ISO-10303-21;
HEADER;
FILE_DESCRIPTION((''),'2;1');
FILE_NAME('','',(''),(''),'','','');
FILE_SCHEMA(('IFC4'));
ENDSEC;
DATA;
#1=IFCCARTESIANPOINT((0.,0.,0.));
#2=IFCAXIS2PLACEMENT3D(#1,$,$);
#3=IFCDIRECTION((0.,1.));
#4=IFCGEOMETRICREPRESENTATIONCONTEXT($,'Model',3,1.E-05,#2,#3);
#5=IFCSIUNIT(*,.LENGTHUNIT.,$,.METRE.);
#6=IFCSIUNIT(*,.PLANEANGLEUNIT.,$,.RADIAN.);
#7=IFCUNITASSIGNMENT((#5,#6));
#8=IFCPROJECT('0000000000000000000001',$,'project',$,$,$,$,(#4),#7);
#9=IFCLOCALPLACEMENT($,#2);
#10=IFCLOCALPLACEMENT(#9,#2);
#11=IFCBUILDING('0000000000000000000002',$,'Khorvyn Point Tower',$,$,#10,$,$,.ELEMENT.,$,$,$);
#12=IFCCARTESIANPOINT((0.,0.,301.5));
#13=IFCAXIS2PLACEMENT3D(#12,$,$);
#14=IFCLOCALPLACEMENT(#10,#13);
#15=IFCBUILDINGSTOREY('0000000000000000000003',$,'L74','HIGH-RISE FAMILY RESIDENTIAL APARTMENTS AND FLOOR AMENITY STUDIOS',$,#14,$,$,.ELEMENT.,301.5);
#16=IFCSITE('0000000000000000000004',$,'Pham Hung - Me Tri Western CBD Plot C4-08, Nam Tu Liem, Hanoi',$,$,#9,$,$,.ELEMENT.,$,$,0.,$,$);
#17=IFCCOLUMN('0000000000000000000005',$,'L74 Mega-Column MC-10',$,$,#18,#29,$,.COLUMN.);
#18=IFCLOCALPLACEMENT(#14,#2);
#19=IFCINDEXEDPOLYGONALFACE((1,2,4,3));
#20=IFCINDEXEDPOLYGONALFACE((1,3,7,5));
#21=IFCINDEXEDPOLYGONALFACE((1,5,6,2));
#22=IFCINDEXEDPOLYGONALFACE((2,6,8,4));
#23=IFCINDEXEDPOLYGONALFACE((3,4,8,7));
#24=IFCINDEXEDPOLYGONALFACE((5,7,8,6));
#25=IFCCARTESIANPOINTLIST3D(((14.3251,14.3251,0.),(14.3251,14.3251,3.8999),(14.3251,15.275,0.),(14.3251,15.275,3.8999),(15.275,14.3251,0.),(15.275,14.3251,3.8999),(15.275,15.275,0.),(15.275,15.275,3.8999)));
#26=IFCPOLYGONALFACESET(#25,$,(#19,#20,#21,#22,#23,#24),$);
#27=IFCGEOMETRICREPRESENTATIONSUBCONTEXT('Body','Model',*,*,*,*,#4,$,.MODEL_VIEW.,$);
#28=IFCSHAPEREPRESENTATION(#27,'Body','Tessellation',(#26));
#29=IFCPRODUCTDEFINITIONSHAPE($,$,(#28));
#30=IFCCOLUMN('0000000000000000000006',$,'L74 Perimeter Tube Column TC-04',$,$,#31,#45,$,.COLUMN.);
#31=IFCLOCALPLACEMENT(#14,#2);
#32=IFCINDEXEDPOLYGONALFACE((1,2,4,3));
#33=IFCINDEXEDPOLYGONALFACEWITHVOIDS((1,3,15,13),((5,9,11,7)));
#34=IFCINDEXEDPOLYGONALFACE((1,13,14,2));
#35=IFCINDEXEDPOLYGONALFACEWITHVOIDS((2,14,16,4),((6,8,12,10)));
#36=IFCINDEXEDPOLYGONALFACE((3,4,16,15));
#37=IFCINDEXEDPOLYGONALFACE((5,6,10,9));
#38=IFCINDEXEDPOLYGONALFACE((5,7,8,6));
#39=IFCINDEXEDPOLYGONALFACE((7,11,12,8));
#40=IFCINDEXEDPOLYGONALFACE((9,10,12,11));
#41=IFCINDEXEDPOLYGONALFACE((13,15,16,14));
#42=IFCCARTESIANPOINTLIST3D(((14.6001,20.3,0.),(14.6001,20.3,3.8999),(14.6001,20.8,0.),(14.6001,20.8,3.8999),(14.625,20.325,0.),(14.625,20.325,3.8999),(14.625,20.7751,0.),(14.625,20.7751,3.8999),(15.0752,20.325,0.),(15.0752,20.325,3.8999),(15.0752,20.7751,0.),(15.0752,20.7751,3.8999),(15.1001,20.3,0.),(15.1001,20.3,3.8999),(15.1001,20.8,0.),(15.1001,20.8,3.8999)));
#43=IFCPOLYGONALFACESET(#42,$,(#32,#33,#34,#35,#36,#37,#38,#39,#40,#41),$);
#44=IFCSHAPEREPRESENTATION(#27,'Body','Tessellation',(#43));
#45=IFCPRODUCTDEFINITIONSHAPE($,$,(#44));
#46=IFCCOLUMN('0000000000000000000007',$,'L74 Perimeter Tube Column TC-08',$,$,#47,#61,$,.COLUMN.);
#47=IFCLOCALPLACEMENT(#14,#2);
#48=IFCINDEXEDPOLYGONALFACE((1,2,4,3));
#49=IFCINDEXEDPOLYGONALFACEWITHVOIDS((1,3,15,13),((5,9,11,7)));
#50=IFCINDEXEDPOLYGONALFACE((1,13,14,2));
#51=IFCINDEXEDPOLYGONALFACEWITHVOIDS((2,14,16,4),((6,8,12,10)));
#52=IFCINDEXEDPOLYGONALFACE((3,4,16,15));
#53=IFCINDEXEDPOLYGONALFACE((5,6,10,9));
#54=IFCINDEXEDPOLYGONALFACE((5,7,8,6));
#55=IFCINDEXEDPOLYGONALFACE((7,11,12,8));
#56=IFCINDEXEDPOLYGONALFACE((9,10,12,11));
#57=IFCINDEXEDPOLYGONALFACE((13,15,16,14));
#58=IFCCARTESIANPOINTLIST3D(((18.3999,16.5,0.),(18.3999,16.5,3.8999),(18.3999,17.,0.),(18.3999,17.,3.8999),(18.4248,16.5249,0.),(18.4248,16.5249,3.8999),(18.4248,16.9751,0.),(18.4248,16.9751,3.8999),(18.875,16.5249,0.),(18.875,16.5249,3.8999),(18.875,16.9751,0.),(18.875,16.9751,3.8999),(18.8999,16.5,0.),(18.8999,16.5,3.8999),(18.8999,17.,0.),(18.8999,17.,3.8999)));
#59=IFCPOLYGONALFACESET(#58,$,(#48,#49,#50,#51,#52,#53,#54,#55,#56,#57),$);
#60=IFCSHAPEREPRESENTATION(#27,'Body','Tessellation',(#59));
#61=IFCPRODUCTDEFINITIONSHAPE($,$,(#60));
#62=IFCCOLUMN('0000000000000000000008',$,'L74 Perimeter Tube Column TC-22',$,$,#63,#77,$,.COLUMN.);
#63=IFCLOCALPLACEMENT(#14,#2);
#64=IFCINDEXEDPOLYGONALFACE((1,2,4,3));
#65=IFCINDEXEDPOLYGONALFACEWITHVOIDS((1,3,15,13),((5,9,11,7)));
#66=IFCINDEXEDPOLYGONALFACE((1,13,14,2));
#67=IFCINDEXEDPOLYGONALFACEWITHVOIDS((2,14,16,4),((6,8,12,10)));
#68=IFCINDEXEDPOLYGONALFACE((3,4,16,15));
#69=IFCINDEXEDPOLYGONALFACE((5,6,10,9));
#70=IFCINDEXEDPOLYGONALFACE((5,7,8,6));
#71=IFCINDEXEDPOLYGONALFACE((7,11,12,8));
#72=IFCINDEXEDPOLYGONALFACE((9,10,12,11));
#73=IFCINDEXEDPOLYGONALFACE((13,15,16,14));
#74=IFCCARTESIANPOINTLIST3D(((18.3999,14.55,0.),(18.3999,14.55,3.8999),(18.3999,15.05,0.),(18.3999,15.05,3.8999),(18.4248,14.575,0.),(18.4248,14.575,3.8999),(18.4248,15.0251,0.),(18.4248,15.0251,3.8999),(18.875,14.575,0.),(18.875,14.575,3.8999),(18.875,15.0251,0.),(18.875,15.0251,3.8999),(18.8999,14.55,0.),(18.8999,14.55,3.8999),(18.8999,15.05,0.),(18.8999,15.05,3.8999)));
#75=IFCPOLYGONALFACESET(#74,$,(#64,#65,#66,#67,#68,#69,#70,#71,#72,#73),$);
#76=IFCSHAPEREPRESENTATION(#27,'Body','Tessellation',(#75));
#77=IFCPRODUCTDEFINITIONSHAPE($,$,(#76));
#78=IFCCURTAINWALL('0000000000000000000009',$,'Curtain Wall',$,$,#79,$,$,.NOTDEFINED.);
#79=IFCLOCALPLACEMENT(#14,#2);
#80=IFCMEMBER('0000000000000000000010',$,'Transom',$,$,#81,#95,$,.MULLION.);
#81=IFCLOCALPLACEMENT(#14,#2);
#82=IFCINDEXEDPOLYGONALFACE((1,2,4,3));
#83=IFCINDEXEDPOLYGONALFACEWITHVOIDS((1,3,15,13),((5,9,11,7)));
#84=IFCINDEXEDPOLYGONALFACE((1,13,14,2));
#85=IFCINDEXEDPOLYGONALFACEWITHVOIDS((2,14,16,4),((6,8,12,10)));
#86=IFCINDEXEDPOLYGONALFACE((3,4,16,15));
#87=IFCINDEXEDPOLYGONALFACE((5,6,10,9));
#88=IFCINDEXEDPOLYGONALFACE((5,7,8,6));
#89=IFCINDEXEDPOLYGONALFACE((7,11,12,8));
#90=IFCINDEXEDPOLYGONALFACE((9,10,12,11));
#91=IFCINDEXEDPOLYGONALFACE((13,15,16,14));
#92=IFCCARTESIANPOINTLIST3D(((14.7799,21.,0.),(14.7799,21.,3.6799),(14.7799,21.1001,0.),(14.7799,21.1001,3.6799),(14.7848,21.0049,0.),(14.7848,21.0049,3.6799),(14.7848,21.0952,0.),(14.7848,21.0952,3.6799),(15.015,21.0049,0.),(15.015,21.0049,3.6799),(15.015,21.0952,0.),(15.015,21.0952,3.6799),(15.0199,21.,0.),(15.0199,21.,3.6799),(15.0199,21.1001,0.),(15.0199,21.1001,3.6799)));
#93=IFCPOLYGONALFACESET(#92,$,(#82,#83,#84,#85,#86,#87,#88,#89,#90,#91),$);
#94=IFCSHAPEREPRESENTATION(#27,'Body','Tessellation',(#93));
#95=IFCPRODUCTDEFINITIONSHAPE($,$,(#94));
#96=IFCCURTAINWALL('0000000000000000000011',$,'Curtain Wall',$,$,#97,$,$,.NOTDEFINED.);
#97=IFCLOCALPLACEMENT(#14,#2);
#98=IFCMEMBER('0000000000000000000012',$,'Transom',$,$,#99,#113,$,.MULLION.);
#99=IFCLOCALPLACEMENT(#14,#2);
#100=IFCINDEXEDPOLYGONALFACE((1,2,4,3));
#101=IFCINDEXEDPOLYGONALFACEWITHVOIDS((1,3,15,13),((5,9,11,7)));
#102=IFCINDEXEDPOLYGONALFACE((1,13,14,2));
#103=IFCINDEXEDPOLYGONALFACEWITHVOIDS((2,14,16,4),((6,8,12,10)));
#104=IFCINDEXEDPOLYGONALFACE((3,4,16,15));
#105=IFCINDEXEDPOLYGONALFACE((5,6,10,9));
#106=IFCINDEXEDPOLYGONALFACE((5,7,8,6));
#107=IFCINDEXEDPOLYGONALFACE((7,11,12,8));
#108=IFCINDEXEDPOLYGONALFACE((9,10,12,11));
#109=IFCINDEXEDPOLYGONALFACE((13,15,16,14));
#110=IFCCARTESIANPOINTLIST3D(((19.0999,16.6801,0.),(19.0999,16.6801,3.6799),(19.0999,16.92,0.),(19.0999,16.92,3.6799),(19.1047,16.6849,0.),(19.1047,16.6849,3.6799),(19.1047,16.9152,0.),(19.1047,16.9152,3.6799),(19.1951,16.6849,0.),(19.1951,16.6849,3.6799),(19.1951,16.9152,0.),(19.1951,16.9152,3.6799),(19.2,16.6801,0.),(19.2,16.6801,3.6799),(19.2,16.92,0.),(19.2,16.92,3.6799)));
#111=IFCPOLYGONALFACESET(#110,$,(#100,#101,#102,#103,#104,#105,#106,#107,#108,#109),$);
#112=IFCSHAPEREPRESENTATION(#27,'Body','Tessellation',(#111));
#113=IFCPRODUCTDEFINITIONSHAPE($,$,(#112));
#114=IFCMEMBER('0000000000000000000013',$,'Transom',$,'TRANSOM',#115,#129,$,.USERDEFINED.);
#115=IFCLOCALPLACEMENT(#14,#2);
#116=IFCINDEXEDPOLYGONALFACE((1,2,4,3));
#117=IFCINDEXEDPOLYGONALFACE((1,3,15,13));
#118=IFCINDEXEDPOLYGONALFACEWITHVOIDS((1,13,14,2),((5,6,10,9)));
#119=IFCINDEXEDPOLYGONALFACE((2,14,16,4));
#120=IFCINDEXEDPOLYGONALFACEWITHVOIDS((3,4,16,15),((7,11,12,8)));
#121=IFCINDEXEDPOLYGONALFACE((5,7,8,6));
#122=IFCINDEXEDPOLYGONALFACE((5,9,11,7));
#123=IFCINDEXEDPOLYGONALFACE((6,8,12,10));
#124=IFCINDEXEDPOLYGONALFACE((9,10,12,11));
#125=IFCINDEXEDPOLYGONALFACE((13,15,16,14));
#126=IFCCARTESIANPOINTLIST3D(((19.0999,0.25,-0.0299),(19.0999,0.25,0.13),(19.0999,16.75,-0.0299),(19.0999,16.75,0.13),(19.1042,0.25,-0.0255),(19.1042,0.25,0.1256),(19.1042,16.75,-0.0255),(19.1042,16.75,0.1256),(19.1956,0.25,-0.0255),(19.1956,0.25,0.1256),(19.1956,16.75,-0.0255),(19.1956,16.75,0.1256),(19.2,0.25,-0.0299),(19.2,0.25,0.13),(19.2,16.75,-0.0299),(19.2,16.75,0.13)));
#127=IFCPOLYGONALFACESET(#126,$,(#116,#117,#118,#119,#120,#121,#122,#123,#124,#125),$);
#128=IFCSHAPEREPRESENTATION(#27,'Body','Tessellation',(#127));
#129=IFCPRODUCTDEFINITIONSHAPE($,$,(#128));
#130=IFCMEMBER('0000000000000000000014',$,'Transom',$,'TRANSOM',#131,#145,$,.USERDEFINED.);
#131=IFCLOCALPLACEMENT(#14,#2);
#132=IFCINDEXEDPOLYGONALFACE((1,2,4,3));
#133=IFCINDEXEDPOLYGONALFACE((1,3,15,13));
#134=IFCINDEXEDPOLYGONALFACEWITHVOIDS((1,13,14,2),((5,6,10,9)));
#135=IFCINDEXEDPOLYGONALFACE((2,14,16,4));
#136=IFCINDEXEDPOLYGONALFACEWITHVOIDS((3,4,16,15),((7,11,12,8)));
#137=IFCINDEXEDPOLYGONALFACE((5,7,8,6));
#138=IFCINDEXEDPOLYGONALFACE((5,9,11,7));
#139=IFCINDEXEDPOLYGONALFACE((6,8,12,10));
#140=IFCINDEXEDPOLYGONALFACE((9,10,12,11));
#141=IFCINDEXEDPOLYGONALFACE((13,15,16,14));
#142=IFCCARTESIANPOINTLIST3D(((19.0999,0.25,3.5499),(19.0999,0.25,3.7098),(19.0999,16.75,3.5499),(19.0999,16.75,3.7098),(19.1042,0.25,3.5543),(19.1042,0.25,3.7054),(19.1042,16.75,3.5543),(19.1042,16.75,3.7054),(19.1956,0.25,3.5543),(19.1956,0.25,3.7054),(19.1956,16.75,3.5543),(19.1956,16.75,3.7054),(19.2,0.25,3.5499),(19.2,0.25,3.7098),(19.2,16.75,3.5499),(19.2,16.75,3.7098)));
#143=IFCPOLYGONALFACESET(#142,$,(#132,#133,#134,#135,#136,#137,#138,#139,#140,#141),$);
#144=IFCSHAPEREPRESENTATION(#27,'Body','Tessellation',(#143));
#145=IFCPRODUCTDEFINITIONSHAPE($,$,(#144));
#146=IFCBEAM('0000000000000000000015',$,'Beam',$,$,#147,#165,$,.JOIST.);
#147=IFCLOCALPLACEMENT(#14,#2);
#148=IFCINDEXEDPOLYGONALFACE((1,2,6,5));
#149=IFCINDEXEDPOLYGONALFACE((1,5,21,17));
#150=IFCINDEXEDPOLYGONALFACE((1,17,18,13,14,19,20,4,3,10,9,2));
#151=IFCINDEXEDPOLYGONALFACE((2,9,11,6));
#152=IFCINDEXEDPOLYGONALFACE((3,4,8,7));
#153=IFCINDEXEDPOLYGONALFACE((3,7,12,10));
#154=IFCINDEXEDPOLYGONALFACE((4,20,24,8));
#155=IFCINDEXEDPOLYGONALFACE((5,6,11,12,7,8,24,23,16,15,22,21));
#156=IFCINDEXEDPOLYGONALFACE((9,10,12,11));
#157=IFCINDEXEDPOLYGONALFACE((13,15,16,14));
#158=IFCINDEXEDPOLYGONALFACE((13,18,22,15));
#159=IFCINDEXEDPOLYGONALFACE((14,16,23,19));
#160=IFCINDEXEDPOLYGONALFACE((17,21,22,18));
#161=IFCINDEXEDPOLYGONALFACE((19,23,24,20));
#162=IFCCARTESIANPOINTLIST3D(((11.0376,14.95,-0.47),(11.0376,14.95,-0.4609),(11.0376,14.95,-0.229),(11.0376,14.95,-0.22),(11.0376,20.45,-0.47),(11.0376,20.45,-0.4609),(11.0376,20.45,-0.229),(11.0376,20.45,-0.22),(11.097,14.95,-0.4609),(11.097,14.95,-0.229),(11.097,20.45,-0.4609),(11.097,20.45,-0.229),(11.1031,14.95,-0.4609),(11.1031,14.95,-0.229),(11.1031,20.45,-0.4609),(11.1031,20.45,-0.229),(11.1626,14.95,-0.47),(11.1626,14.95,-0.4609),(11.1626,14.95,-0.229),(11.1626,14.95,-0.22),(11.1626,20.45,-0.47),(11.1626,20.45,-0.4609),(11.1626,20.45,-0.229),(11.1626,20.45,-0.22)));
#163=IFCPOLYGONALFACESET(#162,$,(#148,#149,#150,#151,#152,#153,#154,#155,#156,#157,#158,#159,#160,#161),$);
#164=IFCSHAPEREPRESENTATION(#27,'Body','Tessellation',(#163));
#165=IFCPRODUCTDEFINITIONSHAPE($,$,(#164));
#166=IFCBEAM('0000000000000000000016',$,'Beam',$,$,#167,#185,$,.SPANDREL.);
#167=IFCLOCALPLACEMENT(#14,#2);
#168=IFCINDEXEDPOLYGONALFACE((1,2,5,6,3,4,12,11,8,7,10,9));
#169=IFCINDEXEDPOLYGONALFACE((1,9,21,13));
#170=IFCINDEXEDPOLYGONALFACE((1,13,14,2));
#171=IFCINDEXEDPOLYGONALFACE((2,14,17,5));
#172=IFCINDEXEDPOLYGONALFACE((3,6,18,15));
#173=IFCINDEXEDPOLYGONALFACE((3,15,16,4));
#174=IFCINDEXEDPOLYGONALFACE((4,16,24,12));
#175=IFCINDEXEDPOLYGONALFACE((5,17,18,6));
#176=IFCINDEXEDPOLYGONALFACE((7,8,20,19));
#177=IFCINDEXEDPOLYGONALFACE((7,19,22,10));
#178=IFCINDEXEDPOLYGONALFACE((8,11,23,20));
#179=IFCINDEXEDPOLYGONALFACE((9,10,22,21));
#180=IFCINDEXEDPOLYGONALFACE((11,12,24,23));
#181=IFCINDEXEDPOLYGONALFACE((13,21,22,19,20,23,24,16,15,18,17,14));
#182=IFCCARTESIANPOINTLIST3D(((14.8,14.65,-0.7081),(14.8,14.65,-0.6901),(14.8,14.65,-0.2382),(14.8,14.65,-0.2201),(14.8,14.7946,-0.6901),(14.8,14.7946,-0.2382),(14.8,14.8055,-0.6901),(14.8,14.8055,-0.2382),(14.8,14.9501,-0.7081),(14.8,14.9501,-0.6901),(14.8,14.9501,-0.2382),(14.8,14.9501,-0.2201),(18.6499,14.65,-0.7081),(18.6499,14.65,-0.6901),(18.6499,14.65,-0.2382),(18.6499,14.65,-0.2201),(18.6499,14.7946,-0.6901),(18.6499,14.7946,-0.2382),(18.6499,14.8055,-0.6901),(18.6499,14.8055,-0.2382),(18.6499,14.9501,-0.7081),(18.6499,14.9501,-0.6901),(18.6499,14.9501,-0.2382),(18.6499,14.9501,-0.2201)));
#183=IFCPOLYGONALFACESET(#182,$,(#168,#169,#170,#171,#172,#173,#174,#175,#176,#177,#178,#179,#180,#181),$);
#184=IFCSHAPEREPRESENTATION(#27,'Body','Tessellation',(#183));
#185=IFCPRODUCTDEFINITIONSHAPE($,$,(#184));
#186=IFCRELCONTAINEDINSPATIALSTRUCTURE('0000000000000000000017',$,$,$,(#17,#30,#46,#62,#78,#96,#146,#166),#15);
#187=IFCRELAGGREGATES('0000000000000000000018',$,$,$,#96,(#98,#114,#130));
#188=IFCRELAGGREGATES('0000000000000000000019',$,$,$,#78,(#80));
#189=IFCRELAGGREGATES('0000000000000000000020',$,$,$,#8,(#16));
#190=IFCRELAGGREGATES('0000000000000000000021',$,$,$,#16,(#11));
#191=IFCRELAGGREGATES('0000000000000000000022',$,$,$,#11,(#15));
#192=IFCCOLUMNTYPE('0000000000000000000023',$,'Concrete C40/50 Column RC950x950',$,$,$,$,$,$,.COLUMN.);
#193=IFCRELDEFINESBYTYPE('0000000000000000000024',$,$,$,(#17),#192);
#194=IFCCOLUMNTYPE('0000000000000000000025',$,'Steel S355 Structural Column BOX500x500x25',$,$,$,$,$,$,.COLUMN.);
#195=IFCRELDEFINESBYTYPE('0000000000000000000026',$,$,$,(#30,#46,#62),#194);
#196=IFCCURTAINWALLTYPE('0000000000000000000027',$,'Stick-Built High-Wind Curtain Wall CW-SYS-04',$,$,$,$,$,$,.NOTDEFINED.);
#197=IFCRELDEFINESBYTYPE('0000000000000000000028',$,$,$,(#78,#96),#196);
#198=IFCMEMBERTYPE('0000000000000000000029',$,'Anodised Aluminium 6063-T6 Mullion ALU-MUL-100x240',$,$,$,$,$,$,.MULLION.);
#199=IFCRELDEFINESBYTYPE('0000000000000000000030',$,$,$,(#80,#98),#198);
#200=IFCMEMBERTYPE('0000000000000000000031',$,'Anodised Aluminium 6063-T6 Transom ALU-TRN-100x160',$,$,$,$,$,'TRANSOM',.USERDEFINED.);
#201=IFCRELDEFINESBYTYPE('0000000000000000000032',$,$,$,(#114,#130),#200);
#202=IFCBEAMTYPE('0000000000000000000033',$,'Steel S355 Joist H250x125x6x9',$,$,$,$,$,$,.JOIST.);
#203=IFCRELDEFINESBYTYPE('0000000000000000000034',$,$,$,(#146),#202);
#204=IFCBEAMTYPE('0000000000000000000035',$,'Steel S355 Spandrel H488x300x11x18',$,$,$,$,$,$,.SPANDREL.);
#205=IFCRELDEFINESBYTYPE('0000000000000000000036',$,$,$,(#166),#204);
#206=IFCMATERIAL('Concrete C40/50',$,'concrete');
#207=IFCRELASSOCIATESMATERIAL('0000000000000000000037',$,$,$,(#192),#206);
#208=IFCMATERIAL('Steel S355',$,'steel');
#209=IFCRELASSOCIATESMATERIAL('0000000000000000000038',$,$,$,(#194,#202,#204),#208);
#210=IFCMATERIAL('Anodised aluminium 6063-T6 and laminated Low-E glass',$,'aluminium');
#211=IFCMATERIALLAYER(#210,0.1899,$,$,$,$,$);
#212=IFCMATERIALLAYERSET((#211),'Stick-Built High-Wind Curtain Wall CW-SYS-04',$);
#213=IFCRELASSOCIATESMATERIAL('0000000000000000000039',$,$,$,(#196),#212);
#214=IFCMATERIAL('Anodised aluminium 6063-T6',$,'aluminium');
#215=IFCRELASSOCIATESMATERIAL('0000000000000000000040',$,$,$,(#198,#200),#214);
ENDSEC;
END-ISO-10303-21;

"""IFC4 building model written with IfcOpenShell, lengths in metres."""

from ifc_helpers import new_model, si_unit, direction, frame, origin, origin_2d, place, context, subcontext, project, spatial, rectangle, hollow_rectangle, i_section, extrude, material, layer, layer_set, material_profile, profile_set, type_object, element, aggregate, save


model = new_model("IFC4")

# Units and contexts
model_context = context("Model", 3, precision=1e-05, world=origin(), true_north=direction((0.0, 1.0)))
body_context = subcontext(model_context, "Body", "Model", "MODEL_VIEW")
ifc_project = project(units=[si_unit("LENGTHUNIT", "METRE"), si_unit("PLANEANGLEUNIT", "RADIAN")], contexts=[model_context])

# Site, building, storey
site_placement = place(None, origin())
site = spatial("IfcSite", under=ifc_project, at=site_placement, Name="Pham Hung - Me Tri Western CBD Plot C4-08, Nam Tu Liem, Hanoi", CompositionType="ELEMENT", RefElevation=0.0)
building_placement = place(site_placement, origin())
building = spatial("IfcBuilding", under=site, at=building_placement, Name="Khorvyn Point Tower", CompositionType="ELEMENT")
storey_placement = place(building_placement, frame((0.0, 0.0, 301.5)))
storey = spatial("IfcBuildingStorey", under=building, at=storey_placement, Name="L74", Description="HIGH-RISE FAMILY RESIDENTIAL APARTMENTS AND FLOOR AMENITY STUDIOS", CompositionType="ELEMENT", Elevation=301.5)

# Columns
ifc_material_1 = material(Name="Concrete C40/50", Category="concrete")
ifc_material_profile_1 = material_profile(ifc_material_1, rectangle(XDim=0.95, YDim=0.95, at=origin_2d()))
ifc_profile_set_1 = profile_set([ifc_material_profile_1], Name="Concrete C40/50 RC950x950")
column_type_1 = type_object("IfcColumnType", Name="Concrete C40/50 Column RC950x950", PredefinedType="COLUMN", material=ifc_profile_set_1)
column_placement = place(storey_placement, frame((14.8, 14.8, 0.0), z_axis=(0.0, 0.0, 1.0), x_axis=(1.0, 0.0, 0.0)))
element("IfcColumn", 1, at=column_placement, inside=storey, type_object=column_type_1, Name="L74 Mega-Column MC-10", PredefinedType="COLUMN", context=body_context, shape_type="SweptSolid", body=[
    extrude(rectangle(XDim=0.95, YDim=0.95, at=origin_2d()), origin(), (0.0, 0.0, 1.0), 3.8999),
])
ifc_material_2 = material(Name="Steel S355", Category="steel")
ifc_material_profile_2 = material_profile(ifc_material_2, hollow_rectangle(XDim=0.5, YDim=0.5, WallThickness=0.0249, at=origin_2d()))
ifc_profile_set_2 = profile_set([ifc_material_profile_2], Name="Steel S355 BOX500x500x25")
column_type_2 = type_object("IfcColumnType", Name="Steel S355 Structural Column BOX500x500x25", PredefinedType="COLUMN", material=ifc_profile_set_2)
for number, where, z_axis, x_axis, name in (
    (2, (14.8501, 20.55, 0.0), (0.0, 0.0, 1.0), (1.0, 0.0, 0.0), "L74 Perimeter Tube Column TC-04"),
    (3, (18.6499, 16.75, 0.0), (0.0, 0.0, 1.0), (1.0, 0.0, 0.0), "L74 Perimeter Tube Column TC-08"),
    (4, (18.6499, 14.8, 0.0), (0.0, 0.0, 1.0), (1.0, 0.0, 0.0), "L74 Perimeter Tube Column TC-22"),
):
    element("IfcColumn", number, at=place(storey_placement, frame(where, z_axis=z_axis, x_axis=x_axis)), inside=storey, type_object=column_type_2, Name=name, PredefinedType="COLUMN", context=body_context, shape_type="SweptSolid", body=[
        extrude(hollow_rectangle(XDim=0.5, YDim=0.5, WallThickness=0.0249, at=origin_2d()), origin(), (0.0, 0.0, 1.0), 3.8999),
    ])

# Curtain wall, member
ifc_material_3 = material(Name="Anodised aluminium 6063-T6 and laminated Low-E glass", Category="aluminium")
ifc_layer_1 = layer(ifc_material_3, 0.1899)
ifc_layer_set_1 = layer_set([ifc_layer_1], Name="Stick-Built High-Wind Curtain Wall CW-SYS-04")
curtain_wall_type = type_object("IfcCurtainWallType", Name="Stick-Built High-Wind Curtain Wall CW-SYS-04", PredefinedType="NOTDEFINED", material=ifc_layer_set_1)
curtain_wall_1_placement = place(storey_placement, origin())
curtain_wall_1 = element("IfcCurtainWall", 5, at=curtain_wall_1_placement, inside=storey, type_object=curtain_wall_type, Name="Curtain Wall", PredefinedType="NOTDEFINED")
ifc_material_4 = material(Name="Anodised aluminium 6063-T6", Category="aluminium")
ifc_material_profile_3 = material_profile(ifc_material_4, hollow_rectangle(XDim=0.1001, YDim=0.24, WallThickness=0.0049, at=origin_2d()))
ifc_profile_set_3 = profile_set([ifc_material_profile_3], Name="Anodised aluminium 6063-T6 ALU-MUL-100x240")
member_type_1 = type_object("IfcMemberType", Name="Anodised Aluminium 6063-T6 Mullion ALU-MUL-100x240", PredefinedType="MULLION", material=ifc_profile_set_3)
member_1_placement = place(storey_placement, frame((14.8999, 21.05, 0.0), z_axis=(0.0, 0.0, 1.0), x_axis=(0.0, 1.0, 0.0)))
member_1 = element("IfcMember", 6, at=member_1_placement, type_object=member_type_1, Name="Transom", PredefinedType="MULLION", context=body_context, shape_type="SweptSolid", body=[
    extrude(hollow_rectangle(XDim=0.1001, YDim=0.24, WallThickness=0.0049, at=origin_2d()), origin(), (0.0, 0.0, 1.0), 3.6799),
])

# Curtain wall, members
curtain_wall_2_placement = place(storey_placement, origin())
curtain_wall_2 = element("IfcCurtainWall", 7, at=curtain_wall_2_placement, inside=storey, type_object=curtain_wall_type, Name="Curtain Wall", PredefinedType="NOTDEFINED")
member_2_placement = place(storey_placement, frame((19.1499, 16.8, 0.0), z_axis=(0.0, 0.0, 1.0), x_axis=(1.0, 0.0, 0.0)))
member_2 = element("IfcMember", 8, at=member_2_placement, type_object=member_type_1, Name="Transom", PredefinedType="MULLION", context=body_context, shape_type="SweptSolid", body=[
    extrude(hollow_rectangle(XDim=0.1001, YDim=0.24, WallThickness=0.0049, at=origin_2d()), origin(), (0.0, 0.0, 1.0), 3.6799),
])
ifc_material_profile_4 = material_profile(ifc_material_4, hollow_rectangle(XDim=0.1001, YDim=0.1599, WallThickness=0.0044, at=origin_2d()))
ifc_profile_set_4 = profile_set([ifc_material_profile_4], Name="Anodised aluminium 6063-T6 ALU-TRN-100x160")
member_type_2 = type_object("IfcMemberType", Name="Anodised Aluminium 6063-T6 Transom ALU-TRN-100x160", ElementType="TRANSOM", PredefinedType="USERDEFINED", material=ifc_profile_set_4)
member_3_placement = place(storey_placement, frame((19.1499, 16.75, 0.05), z_axis=(0.0, -1.0, 0.0), x_axis=(1.0, 0.0, 0.0)))
member_3 = element("IfcMember", 9, at=member_3_placement, type_object=member_type_2, Name="Transom", ObjectType="TRANSOM", PredefinedType="USERDEFINED", context=body_context, shape_type="SweptSolid", body=[
    extrude(hollow_rectangle(XDim=0.1001, YDim=0.1599, WallThickness=0.0044, at=origin_2d()), origin(), (0.0, 0.0, 1.0), 16.5),
])
member_4_placement = place(storey_placement, frame((19.1499, 16.75, 3.6299), z_axis=(0.0, -1.0, 0.0), x_axis=(1.0, 0.0, 0.0)))
member_4 = element("IfcMember", 10, at=member_4_placement, type_object=member_type_2, Name="Transom", ObjectType="TRANSOM", PredefinedType="USERDEFINED", context=body_context, shape_type="SweptSolid", body=[
    extrude(hollow_rectangle(XDim=0.1001, YDim=0.1599, WallThickness=0.0044, at=origin_2d()), origin(), (0.0, 0.0, 1.0), 16.5),
])
aggregate(curtain_wall_2, [member_2, member_3, member_4])

# Beams
ifc_material_profile_5 = material_profile(ifc_material_2, i_section(OverallWidth=0.125, OverallDepth=0.25, WebThickness=0.0061, FlangeThickness=0.009, at=origin_2d()))
ifc_profile_set_5 = profile_set([ifc_material_profile_5], Name="Steel S355 H250x125x6x9")
beam_type_1 = type_object("IfcBeamType", Name="Steel S355 Joist H250x125x6x9", PredefinedType="JOIST", material=ifc_profile_set_5)
beam_1_placement = place(storey_placement, frame((11.1001, 14.95, -0.345), z_axis=(0.0, 1.0, 0.0), x_axis=(-1.0, 0.0, 0.0)))
element("IfcBeam", 11, at=beam_1_placement, inside=storey, type_object=beam_type_1, Name="Beam", PredefinedType="JOIST", context=body_context, shape_type="SweptSolid", body=[
    extrude(i_section(OverallWidth=0.125, OverallDepth=0.25, WebThickness=0.0061, FlangeThickness=0.009, at=origin_2d()), origin(), (0.0, 0.0, 1.0), 5.5),
])
ifc_material_profile_6 = material_profile(ifc_material_2, i_section(OverallWidth=0.3, OverallDepth=0.488, WebThickness=0.011, FlangeThickness=0.0181, at=origin_2d()))
ifc_profile_set_6 = profile_set([ifc_material_profile_6], Name="Steel S355 H488x300x11x18")
beam_type_2 = type_object("IfcBeamType", Name="Steel S355 Spandrel H488x300x11x18", PredefinedType="SPANDREL", material=ifc_profile_set_6)
beam_2_placement = place(storey_placement, frame((14.8, 14.8, -0.4641), z_axis=(1.0, 0.0, 0.0), x_axis=(0.0, 1.0, 0.0)))
element("IfcBeam", 12, at=beam_2_placement, inside=storey, type_object=beam_type_2, Name="Beam", PredefinedType="SPANDREL", context=body_context, shape_type="SweptSolid", body=[
    extrude(i_section(OverallWidth=0.3, OverallDepth=0.488, WebThickness=0.011, FlangeThickness=0.0181, at=origin_2d()), origin(), (0.0, 0.0, 1.0), 3.8499),
])

aggregate(curtain_wall_1, [member_1])

save(model, "model.ifc")
